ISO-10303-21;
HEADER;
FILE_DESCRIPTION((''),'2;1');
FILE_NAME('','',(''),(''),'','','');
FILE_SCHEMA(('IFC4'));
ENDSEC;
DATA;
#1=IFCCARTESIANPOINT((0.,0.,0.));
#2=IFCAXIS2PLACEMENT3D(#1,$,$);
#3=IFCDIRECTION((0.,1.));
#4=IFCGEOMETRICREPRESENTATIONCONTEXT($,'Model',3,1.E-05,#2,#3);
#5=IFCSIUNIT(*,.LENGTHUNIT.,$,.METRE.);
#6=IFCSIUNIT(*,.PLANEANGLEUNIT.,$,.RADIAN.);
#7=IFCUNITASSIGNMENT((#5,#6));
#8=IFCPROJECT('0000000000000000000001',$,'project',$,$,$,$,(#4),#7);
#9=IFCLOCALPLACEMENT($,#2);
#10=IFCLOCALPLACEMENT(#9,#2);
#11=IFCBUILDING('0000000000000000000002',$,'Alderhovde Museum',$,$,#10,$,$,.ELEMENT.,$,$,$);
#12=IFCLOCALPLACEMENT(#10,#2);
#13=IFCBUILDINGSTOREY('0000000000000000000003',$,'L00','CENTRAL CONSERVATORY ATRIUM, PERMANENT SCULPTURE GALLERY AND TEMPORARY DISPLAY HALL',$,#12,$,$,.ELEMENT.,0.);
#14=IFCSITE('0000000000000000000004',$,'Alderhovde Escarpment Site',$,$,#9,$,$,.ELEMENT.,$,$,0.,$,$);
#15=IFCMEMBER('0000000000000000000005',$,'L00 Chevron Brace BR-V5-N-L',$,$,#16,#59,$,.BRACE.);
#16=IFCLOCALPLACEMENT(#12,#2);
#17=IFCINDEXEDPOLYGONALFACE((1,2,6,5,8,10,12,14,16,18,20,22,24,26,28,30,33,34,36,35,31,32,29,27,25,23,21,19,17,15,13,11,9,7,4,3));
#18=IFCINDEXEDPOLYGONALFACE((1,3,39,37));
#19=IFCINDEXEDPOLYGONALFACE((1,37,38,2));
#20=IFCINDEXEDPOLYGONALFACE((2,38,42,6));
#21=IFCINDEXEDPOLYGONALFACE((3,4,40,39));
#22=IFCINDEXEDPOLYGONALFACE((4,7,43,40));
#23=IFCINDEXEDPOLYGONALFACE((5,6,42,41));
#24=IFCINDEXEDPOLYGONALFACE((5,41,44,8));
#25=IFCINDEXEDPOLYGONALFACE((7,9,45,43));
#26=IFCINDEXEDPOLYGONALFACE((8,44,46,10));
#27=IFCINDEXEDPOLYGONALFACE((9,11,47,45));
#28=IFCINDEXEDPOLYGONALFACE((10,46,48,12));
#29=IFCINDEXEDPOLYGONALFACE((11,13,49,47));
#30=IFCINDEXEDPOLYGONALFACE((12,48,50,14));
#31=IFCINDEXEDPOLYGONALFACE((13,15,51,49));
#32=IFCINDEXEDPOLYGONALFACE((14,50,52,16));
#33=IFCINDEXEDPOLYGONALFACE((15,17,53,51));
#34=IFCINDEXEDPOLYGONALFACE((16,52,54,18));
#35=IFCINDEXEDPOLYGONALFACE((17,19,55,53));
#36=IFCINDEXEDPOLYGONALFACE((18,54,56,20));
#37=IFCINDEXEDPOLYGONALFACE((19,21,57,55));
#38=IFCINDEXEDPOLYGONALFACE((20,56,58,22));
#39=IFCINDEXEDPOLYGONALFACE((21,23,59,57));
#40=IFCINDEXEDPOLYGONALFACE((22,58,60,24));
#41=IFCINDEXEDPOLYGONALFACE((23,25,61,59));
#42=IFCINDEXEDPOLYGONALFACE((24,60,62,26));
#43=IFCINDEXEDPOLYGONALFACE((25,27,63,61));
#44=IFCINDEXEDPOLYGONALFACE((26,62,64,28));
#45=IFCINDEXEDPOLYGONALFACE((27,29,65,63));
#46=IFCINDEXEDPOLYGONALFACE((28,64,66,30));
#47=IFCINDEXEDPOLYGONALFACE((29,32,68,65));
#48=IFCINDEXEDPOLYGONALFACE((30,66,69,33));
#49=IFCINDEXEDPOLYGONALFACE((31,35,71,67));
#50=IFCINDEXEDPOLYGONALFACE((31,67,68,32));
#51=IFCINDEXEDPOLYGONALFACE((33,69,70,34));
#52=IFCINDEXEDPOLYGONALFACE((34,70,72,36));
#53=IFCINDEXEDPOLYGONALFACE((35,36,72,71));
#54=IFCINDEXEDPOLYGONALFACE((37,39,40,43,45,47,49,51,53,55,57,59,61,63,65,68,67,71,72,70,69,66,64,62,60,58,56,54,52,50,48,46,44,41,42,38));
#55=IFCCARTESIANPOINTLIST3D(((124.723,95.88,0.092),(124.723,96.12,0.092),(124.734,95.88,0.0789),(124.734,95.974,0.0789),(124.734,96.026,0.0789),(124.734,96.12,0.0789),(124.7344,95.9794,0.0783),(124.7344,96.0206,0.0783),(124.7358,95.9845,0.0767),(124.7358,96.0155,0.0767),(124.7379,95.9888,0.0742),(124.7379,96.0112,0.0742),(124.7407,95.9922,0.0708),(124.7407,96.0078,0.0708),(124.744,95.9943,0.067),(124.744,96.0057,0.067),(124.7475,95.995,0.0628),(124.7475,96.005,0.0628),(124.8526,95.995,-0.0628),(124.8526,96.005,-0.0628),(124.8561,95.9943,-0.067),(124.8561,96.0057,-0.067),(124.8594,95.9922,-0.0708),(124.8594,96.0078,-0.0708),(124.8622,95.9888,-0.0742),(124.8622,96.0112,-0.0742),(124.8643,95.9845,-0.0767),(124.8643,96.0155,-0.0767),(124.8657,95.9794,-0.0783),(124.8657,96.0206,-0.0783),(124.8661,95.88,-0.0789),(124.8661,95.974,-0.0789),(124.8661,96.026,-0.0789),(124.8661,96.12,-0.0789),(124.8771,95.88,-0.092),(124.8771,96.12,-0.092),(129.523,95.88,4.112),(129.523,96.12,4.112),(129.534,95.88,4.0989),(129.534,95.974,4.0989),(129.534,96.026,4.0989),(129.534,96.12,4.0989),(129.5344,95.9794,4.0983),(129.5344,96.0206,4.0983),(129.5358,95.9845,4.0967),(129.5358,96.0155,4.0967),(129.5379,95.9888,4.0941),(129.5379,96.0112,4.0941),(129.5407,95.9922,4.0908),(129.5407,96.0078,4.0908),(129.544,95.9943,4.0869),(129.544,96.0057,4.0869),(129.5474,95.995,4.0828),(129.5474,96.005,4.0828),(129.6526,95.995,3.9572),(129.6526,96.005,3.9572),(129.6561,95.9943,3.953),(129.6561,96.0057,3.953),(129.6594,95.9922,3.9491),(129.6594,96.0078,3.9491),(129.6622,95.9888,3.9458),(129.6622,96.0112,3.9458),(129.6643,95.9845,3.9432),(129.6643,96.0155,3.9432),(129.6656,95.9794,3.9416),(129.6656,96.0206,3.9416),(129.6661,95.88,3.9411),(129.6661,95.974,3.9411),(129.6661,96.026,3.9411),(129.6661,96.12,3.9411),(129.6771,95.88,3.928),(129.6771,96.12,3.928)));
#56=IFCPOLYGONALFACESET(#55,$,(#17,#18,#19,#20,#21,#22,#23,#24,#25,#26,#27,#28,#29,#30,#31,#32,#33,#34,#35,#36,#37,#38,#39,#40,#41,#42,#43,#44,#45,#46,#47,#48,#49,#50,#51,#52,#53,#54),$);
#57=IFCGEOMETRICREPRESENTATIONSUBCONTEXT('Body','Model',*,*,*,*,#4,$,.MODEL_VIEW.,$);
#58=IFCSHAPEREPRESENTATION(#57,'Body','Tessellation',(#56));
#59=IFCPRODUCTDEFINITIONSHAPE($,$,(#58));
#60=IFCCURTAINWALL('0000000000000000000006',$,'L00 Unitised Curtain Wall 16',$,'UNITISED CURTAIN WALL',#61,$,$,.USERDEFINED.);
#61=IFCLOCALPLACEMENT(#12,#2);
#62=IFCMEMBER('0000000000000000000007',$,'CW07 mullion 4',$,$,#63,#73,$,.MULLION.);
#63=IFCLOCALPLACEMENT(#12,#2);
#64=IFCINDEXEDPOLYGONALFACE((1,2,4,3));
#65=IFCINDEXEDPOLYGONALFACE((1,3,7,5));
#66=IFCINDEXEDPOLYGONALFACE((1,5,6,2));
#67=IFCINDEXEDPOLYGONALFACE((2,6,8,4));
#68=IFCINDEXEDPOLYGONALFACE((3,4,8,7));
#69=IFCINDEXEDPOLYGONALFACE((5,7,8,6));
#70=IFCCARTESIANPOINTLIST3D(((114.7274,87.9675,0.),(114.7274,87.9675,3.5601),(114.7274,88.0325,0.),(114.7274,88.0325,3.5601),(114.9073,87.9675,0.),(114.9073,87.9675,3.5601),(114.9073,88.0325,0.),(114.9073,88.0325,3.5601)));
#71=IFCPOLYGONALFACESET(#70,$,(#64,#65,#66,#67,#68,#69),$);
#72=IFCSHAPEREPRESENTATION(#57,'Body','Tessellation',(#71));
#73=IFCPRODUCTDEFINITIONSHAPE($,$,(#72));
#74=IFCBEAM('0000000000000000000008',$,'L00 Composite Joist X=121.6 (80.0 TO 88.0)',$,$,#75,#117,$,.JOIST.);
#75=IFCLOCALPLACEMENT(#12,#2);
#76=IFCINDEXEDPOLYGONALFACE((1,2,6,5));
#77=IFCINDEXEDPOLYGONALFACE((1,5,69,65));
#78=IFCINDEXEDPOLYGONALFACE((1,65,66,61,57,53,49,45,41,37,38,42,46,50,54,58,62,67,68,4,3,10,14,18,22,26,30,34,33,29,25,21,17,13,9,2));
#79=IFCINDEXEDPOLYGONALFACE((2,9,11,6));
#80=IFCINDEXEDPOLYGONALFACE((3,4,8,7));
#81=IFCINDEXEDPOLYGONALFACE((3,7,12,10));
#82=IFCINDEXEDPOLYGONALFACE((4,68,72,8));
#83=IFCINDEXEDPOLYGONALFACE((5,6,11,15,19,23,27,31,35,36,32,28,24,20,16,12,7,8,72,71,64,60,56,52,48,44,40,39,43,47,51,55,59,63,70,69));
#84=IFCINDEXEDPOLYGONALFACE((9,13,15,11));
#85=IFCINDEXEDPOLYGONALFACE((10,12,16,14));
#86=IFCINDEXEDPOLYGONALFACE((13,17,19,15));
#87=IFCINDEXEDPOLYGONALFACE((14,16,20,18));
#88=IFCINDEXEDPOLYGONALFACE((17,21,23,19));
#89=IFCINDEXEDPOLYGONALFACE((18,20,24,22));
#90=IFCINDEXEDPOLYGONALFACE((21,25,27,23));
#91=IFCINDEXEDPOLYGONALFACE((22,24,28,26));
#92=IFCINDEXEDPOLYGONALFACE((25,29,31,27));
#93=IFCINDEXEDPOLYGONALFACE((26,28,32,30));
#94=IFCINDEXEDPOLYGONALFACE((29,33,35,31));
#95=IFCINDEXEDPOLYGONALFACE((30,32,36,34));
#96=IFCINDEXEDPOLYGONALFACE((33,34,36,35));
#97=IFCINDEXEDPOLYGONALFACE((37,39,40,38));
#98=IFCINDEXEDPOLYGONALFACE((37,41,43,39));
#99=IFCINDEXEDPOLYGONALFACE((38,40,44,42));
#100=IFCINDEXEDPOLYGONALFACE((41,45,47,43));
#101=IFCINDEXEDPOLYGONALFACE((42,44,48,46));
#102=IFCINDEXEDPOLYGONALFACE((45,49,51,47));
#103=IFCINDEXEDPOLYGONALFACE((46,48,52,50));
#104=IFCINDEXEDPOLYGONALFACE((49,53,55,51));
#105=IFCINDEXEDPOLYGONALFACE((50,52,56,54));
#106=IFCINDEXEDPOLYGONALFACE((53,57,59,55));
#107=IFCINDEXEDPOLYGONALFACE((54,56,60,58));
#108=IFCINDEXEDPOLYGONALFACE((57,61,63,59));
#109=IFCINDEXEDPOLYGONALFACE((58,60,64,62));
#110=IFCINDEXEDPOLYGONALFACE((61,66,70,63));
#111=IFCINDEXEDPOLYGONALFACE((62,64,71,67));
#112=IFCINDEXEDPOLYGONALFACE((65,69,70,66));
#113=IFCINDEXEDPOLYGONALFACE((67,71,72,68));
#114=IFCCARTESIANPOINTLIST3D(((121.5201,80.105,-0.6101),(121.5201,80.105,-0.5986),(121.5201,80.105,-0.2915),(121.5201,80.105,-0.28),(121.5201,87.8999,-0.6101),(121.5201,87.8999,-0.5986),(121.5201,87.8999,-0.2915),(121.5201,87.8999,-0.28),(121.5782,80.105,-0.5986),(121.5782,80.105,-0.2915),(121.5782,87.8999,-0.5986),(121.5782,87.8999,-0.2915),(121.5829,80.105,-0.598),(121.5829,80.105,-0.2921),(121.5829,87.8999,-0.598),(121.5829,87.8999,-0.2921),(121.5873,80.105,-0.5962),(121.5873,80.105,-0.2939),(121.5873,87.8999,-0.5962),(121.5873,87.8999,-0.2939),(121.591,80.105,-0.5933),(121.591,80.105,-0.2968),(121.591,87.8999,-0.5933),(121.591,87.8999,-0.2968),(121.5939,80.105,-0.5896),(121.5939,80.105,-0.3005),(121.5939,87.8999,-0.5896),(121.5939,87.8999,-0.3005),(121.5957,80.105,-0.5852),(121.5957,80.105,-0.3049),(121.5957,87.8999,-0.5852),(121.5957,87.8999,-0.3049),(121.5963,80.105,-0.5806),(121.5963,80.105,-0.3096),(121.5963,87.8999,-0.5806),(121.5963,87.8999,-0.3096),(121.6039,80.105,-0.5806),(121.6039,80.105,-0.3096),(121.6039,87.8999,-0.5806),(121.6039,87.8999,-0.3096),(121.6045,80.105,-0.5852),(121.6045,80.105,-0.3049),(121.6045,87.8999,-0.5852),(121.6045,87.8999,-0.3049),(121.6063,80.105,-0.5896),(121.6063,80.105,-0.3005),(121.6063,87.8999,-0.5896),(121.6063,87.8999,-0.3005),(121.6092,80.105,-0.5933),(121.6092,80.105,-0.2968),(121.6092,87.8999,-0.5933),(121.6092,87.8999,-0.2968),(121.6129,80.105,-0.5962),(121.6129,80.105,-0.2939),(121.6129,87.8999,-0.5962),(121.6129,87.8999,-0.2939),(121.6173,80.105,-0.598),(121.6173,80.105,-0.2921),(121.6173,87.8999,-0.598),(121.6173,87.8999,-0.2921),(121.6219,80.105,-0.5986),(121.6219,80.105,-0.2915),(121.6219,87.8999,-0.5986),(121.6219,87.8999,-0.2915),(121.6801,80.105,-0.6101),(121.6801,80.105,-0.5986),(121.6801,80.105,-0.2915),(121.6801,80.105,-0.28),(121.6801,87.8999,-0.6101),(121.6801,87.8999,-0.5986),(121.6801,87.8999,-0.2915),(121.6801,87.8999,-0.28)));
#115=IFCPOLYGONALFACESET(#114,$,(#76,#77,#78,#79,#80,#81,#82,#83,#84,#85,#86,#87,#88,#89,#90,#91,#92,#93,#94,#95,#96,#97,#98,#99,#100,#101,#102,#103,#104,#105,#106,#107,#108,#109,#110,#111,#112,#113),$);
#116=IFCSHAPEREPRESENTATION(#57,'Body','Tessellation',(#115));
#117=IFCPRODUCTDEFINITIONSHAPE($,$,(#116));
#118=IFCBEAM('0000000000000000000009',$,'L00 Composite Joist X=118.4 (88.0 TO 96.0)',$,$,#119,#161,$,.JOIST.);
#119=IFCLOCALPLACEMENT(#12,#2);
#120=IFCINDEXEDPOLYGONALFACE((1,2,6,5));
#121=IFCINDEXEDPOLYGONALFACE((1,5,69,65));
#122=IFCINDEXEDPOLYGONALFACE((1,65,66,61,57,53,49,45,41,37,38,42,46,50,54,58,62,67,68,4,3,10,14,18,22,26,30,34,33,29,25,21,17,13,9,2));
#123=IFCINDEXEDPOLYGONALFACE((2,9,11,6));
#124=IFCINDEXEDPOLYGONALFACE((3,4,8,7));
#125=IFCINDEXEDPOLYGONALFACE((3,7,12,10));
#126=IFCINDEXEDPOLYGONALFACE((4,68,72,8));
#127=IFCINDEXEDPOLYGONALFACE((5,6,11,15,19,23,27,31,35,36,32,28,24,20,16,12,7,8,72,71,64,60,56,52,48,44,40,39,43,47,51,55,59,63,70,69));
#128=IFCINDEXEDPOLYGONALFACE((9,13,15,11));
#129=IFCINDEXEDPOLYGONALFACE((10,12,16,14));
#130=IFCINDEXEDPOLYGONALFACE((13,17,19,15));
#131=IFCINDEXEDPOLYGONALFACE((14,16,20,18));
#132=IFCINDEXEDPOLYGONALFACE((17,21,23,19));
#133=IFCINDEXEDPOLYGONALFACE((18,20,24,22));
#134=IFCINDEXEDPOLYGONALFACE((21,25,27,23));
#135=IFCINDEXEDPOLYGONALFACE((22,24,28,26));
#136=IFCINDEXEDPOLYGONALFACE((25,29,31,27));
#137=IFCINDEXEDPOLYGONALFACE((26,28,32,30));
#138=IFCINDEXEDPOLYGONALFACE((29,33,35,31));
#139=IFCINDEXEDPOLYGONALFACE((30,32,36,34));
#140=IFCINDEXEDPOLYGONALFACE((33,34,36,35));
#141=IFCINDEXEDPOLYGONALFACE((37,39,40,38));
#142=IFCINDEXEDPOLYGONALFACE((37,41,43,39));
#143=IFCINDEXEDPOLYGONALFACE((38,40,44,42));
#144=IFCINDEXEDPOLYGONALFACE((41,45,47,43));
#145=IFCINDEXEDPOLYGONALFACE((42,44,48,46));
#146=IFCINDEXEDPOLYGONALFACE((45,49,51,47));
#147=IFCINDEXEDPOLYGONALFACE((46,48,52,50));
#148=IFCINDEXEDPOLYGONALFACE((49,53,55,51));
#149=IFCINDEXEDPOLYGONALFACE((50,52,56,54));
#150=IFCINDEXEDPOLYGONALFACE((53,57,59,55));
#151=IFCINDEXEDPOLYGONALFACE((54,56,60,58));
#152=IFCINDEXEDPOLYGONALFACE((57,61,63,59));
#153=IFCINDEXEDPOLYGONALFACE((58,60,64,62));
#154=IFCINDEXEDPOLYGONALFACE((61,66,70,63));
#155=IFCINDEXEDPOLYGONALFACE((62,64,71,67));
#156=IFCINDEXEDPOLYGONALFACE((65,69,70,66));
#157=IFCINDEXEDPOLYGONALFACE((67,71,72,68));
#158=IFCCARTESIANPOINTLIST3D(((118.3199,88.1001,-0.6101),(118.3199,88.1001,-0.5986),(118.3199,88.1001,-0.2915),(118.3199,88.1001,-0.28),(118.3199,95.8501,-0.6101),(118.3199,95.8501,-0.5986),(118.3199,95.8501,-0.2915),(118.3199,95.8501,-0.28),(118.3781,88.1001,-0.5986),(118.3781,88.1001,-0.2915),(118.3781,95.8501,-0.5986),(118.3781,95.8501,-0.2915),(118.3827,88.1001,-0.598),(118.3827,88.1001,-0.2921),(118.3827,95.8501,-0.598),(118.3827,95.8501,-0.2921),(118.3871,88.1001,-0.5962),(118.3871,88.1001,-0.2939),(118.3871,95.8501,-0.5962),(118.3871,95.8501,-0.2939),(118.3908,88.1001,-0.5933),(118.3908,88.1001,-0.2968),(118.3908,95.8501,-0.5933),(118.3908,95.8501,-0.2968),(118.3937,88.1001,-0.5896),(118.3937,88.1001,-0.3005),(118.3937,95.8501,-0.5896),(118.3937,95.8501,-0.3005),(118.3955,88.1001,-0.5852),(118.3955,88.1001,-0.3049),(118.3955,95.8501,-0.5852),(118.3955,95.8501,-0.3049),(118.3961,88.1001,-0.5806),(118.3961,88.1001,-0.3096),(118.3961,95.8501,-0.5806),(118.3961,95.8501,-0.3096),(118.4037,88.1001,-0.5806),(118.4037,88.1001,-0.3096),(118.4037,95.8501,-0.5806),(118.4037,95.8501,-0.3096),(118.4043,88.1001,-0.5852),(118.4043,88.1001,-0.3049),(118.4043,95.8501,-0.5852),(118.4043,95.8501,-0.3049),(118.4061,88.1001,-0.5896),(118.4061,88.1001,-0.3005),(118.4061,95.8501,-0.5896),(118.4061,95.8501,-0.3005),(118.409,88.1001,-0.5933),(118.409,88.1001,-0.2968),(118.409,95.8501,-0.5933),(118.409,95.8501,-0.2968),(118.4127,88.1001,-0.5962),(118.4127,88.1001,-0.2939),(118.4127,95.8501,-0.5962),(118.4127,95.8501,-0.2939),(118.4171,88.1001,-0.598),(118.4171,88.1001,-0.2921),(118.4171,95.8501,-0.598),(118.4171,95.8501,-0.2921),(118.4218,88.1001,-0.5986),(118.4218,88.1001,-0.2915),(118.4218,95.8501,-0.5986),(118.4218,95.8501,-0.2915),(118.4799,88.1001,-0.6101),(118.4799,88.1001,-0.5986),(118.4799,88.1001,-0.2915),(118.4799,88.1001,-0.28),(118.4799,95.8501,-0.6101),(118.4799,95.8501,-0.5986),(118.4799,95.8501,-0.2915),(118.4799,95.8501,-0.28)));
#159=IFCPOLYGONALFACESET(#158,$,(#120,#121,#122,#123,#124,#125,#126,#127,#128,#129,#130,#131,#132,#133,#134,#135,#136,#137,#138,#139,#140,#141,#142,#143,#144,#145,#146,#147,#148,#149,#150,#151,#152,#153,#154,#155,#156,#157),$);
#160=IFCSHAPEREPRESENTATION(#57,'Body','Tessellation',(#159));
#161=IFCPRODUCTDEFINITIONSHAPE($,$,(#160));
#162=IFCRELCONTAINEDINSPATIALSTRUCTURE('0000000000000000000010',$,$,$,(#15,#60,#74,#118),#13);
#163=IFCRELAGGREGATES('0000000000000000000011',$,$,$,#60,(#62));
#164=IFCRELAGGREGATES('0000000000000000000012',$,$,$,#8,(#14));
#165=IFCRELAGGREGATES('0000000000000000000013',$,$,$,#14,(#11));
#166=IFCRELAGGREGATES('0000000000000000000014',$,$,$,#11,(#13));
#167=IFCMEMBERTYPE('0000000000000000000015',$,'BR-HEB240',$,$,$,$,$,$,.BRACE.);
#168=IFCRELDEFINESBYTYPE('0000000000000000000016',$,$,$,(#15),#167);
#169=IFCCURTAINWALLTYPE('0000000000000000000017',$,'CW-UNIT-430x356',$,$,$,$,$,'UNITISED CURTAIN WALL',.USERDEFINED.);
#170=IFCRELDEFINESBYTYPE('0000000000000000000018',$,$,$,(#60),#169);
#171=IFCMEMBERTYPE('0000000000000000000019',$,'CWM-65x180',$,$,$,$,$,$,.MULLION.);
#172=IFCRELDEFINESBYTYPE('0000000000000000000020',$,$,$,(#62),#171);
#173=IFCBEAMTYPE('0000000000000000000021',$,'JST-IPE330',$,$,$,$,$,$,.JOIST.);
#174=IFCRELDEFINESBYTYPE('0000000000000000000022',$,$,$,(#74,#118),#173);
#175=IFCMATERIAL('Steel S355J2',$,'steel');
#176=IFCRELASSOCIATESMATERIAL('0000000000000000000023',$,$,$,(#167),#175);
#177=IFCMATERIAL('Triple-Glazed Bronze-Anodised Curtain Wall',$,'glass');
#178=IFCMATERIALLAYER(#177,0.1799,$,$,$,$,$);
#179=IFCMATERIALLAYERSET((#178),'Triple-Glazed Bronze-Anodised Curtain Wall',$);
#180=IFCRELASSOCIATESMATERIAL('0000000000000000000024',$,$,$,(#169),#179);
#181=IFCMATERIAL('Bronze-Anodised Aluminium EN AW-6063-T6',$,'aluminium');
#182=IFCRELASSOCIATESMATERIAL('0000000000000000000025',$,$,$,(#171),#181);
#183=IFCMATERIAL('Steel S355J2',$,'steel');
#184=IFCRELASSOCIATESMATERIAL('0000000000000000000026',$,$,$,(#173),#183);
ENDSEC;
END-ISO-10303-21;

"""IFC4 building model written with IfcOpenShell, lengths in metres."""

from ifc_helpers import new_model, si_unit, direction, frame, origin, origin_2d, place, context, subcontext, project, spatial, rectangle, i_section, extrude, material, layer, layer_set, material_profile, profile_set, type_object, element, aggregate, save


model = new_model("IFC4")

# Units and contexts
model_context = context("Model", 3, precision=1e-05, world=origin(), true_north=direction((0.0, 1.0)))
body_context = subcontext(model_context, "Body", "Model", "MODEL_VIEW")
ifc_project = project(units=[si_unit("LENGTHUNIT", "METRE"), si_unit("PLANEANGLEUNIT", "RADIAN")], contexts=[model_context])

# Site, building, storey
site_placement = place(None, origin())
site = spatial("IfcSite", under=ifc_project, at=site_placement, Name="Alderhovde Escarpment Site", CompositionType="ELEMENT", RefElevation=0.0)
building_placement = place(site_placement, origin())
building = spatial("IfcBuilding", under=site, at=building_placement, Name="Alderhovde Museum", CompositionType="ELEMENT")
storey_placement = place(building_placement, origin())
storey = spatial("IfcBuildingStorey", under=building, at=storey_placement, Name="L00", Description="CENTRAL CONSERVATORY ATRIUM, PERMANENT SCULPTURE GALLERY AND TEMPORARY DISPLAY HALL", CompositionType="ELEMENT", Elevation=0.0)

# Member
ifc_material_1 = material(Name="Steel S355J2", Category="steel")
ifc_material_profile_1 = material_profile(ifc_material_1, i_section(OverallWidth=0.24, OverallDepth=0.24, WebThickness=0.01, FlangeThickness=0.0171, FilletRadius=0.021, at=origin_2d()), Name="HEB 240")
ifc_profile_set_1 = profile_set([ifc_material_profile_1], Name="Steel S355J2")
member_type_1 = type_object("IfcMemberType", Name="BR-HEB240", PredefinedType="BRACE", material=ifc_profile_set_1)
member_1_placement = place(storey_placement, frame((124.8, 96.0, 0.0), z_axis=(0.76665, 0.0, 0.642066), x_axis=(0.0, 1.0, 0.0)))
element("IfcMember", 1, at=member_1_placement, inside=storey, type_object=member_type_1, Name="L00 Chevron Brace BR-V5-N-L", PredefinedType="BRACE", context=body_context, shape_type="SweptSolid", body=[
    extrude(i_section(OverallWidth=0.24, OverallDepth=0.24, WebThickness=0.01, FlangeThickness=0.0171, FilletRadius=0.021, at=origin_2d()), origin(), (0.0, 0.0, 1.0), 6.261),
])

# Curtain wall, member
ifc_material_2 = material(Name="Triple-Glazed Bronze-Anodised Curtain Wall", Category="glass")
ifc_layer_1 = layer(ifc_material_2, 0.1799)
ifc_layer_set_1 = layer_set([ifc_layer_1], Name="Triple-Glazed Bronze-Anodised Curtain Wall")
curtain_wall_type = type_object("IfcCurtainWallType", Name="CW-UNIT-430x356", ElementType="UNITISED CURTAIN WALL", PredefinedType="USERDEFINED", material=ifc_layer_set_1)
curtain_wall_placement = place(storey_placement, origin())
curtain_wall = element("IfcCurtainWall", 2, at=curtain_wall_placement, inside=storey, type_object=curtain_wall_type, Name="L00 Unitised Curtain Wall 16", ObjectType="UNITISED CURTAIN WALL", PredefinedType="USERDEFINED")
ifc_material_3 = material(Name="Bronze-Anodised Aluminium EN AW-6063-T6", Category="aluminium")
ifc_material_profile_2 = material_profile(ifc_material_3, rectangle(XDim=0.0649, YDim=0.1799, at=origin_2d()), Name="MULLION 65x180")
ifc_profile_set_2 = profile_set([ifc_material_profile_2], Name="Bronze-Anodised Aluminium EN AW-6063-T6")
member_type_2 = type_object("IfcMemberType", Name="CWM-65x180", PredefinedType="MULLION", material=ifc_profile_set_2)
member_2_placement = place(storey_placement, frame((114.8174, 88.0, 0.0), z_axis=(0.0, 0.0, 1.0), x_axis=(0.0, 1.0, 0.0)))
member_2 = element("IfcMember", 3, at=member_2_placement, type_object=member_type_2, Name="CW07 mullion 4", PredefinedType="MULLION", context=body_context, shape_type="SweptSolid", body=[
    extrude(rectangle(XDim=0.0649, YDim=0.1799, at=origin_2d()), origin(), (0.0, 0.0, 1.0), 3.5601),
])

# Beams
ifc_material_4 = material(Name="Steel S355J2", Category="steel")
ifc_material_profile_3 = material_profile(ifc_material_4, i_section(OverallWidth=0.1599, OverallDepth=0.3301, WebThickness=0.0076, FlangeThickness=0.0115, FilletRadius=0.0181, at=origin_2d()), Name="IPE 330")
ifc_profile_set_3 = profile_set([ifc_material_profile_3], Name="Steel S355J2")
beam_type_1 = type_object("IfcBeamType", Name="JST-IPE330", PredefinedType="JOIST", material=ifc_profile_set_3)
beam_1_placement = place(storey_placement, frame((121.6001, 80.105, -0.4451), z_axis=(0.0, 1.0, 0.0), x_axis=(-1.0, 0.0, 0.0)))
element("IfcBeam", 4, at=beam_1_placement, inside=storey, type_object=beam_type_1, Name="L00 Composite Joist X=121.6 (80.0 TO 88.0)", PredefinedType="JOIST", context=body_context, shape_type="SweptSolid", body=[
    extrude(i_section(OverallWidth=0.1599, OverallDepth=0.3301, WebThickness=0.0076, FlangeThickness=0.0115, FilletRadius=0.0181, at=origin_2d()), origin(), (0.0, 0.0, 1.0), 7.7949),
])
for number, where, z_axis, x_axis, name in (
    (5, (118.3999, 88.1001, -0.4451), (0.0, 1.0, 0.0), (-1.0, 0.0, 0.0), "L00 Composite Joist X=118.4 (88.0 TO 96.0)"),
):
    element("IfcBeam", number, at=place(storey_placement, frame(where, z_axis=z_axis, x_axis=x_axis)), inside=storey, type_object=beam_type_1, Name=name, PredefinedType="JOIST", context=body_context, shape_type="SweptSolid", body=[
        extrude(i_section(OverallWidth=0.1599, OverallDepth=0.3301, WebThickness=0.0076, FlangeThickness=0.0115, FilletRadius=0.0181, at=origin_2d()), origin(), (0.0, 0.0, 1.0), 7.75),
    ])

aggregate(curtain_wall, [member_2])

save(model, "model.ifc")
